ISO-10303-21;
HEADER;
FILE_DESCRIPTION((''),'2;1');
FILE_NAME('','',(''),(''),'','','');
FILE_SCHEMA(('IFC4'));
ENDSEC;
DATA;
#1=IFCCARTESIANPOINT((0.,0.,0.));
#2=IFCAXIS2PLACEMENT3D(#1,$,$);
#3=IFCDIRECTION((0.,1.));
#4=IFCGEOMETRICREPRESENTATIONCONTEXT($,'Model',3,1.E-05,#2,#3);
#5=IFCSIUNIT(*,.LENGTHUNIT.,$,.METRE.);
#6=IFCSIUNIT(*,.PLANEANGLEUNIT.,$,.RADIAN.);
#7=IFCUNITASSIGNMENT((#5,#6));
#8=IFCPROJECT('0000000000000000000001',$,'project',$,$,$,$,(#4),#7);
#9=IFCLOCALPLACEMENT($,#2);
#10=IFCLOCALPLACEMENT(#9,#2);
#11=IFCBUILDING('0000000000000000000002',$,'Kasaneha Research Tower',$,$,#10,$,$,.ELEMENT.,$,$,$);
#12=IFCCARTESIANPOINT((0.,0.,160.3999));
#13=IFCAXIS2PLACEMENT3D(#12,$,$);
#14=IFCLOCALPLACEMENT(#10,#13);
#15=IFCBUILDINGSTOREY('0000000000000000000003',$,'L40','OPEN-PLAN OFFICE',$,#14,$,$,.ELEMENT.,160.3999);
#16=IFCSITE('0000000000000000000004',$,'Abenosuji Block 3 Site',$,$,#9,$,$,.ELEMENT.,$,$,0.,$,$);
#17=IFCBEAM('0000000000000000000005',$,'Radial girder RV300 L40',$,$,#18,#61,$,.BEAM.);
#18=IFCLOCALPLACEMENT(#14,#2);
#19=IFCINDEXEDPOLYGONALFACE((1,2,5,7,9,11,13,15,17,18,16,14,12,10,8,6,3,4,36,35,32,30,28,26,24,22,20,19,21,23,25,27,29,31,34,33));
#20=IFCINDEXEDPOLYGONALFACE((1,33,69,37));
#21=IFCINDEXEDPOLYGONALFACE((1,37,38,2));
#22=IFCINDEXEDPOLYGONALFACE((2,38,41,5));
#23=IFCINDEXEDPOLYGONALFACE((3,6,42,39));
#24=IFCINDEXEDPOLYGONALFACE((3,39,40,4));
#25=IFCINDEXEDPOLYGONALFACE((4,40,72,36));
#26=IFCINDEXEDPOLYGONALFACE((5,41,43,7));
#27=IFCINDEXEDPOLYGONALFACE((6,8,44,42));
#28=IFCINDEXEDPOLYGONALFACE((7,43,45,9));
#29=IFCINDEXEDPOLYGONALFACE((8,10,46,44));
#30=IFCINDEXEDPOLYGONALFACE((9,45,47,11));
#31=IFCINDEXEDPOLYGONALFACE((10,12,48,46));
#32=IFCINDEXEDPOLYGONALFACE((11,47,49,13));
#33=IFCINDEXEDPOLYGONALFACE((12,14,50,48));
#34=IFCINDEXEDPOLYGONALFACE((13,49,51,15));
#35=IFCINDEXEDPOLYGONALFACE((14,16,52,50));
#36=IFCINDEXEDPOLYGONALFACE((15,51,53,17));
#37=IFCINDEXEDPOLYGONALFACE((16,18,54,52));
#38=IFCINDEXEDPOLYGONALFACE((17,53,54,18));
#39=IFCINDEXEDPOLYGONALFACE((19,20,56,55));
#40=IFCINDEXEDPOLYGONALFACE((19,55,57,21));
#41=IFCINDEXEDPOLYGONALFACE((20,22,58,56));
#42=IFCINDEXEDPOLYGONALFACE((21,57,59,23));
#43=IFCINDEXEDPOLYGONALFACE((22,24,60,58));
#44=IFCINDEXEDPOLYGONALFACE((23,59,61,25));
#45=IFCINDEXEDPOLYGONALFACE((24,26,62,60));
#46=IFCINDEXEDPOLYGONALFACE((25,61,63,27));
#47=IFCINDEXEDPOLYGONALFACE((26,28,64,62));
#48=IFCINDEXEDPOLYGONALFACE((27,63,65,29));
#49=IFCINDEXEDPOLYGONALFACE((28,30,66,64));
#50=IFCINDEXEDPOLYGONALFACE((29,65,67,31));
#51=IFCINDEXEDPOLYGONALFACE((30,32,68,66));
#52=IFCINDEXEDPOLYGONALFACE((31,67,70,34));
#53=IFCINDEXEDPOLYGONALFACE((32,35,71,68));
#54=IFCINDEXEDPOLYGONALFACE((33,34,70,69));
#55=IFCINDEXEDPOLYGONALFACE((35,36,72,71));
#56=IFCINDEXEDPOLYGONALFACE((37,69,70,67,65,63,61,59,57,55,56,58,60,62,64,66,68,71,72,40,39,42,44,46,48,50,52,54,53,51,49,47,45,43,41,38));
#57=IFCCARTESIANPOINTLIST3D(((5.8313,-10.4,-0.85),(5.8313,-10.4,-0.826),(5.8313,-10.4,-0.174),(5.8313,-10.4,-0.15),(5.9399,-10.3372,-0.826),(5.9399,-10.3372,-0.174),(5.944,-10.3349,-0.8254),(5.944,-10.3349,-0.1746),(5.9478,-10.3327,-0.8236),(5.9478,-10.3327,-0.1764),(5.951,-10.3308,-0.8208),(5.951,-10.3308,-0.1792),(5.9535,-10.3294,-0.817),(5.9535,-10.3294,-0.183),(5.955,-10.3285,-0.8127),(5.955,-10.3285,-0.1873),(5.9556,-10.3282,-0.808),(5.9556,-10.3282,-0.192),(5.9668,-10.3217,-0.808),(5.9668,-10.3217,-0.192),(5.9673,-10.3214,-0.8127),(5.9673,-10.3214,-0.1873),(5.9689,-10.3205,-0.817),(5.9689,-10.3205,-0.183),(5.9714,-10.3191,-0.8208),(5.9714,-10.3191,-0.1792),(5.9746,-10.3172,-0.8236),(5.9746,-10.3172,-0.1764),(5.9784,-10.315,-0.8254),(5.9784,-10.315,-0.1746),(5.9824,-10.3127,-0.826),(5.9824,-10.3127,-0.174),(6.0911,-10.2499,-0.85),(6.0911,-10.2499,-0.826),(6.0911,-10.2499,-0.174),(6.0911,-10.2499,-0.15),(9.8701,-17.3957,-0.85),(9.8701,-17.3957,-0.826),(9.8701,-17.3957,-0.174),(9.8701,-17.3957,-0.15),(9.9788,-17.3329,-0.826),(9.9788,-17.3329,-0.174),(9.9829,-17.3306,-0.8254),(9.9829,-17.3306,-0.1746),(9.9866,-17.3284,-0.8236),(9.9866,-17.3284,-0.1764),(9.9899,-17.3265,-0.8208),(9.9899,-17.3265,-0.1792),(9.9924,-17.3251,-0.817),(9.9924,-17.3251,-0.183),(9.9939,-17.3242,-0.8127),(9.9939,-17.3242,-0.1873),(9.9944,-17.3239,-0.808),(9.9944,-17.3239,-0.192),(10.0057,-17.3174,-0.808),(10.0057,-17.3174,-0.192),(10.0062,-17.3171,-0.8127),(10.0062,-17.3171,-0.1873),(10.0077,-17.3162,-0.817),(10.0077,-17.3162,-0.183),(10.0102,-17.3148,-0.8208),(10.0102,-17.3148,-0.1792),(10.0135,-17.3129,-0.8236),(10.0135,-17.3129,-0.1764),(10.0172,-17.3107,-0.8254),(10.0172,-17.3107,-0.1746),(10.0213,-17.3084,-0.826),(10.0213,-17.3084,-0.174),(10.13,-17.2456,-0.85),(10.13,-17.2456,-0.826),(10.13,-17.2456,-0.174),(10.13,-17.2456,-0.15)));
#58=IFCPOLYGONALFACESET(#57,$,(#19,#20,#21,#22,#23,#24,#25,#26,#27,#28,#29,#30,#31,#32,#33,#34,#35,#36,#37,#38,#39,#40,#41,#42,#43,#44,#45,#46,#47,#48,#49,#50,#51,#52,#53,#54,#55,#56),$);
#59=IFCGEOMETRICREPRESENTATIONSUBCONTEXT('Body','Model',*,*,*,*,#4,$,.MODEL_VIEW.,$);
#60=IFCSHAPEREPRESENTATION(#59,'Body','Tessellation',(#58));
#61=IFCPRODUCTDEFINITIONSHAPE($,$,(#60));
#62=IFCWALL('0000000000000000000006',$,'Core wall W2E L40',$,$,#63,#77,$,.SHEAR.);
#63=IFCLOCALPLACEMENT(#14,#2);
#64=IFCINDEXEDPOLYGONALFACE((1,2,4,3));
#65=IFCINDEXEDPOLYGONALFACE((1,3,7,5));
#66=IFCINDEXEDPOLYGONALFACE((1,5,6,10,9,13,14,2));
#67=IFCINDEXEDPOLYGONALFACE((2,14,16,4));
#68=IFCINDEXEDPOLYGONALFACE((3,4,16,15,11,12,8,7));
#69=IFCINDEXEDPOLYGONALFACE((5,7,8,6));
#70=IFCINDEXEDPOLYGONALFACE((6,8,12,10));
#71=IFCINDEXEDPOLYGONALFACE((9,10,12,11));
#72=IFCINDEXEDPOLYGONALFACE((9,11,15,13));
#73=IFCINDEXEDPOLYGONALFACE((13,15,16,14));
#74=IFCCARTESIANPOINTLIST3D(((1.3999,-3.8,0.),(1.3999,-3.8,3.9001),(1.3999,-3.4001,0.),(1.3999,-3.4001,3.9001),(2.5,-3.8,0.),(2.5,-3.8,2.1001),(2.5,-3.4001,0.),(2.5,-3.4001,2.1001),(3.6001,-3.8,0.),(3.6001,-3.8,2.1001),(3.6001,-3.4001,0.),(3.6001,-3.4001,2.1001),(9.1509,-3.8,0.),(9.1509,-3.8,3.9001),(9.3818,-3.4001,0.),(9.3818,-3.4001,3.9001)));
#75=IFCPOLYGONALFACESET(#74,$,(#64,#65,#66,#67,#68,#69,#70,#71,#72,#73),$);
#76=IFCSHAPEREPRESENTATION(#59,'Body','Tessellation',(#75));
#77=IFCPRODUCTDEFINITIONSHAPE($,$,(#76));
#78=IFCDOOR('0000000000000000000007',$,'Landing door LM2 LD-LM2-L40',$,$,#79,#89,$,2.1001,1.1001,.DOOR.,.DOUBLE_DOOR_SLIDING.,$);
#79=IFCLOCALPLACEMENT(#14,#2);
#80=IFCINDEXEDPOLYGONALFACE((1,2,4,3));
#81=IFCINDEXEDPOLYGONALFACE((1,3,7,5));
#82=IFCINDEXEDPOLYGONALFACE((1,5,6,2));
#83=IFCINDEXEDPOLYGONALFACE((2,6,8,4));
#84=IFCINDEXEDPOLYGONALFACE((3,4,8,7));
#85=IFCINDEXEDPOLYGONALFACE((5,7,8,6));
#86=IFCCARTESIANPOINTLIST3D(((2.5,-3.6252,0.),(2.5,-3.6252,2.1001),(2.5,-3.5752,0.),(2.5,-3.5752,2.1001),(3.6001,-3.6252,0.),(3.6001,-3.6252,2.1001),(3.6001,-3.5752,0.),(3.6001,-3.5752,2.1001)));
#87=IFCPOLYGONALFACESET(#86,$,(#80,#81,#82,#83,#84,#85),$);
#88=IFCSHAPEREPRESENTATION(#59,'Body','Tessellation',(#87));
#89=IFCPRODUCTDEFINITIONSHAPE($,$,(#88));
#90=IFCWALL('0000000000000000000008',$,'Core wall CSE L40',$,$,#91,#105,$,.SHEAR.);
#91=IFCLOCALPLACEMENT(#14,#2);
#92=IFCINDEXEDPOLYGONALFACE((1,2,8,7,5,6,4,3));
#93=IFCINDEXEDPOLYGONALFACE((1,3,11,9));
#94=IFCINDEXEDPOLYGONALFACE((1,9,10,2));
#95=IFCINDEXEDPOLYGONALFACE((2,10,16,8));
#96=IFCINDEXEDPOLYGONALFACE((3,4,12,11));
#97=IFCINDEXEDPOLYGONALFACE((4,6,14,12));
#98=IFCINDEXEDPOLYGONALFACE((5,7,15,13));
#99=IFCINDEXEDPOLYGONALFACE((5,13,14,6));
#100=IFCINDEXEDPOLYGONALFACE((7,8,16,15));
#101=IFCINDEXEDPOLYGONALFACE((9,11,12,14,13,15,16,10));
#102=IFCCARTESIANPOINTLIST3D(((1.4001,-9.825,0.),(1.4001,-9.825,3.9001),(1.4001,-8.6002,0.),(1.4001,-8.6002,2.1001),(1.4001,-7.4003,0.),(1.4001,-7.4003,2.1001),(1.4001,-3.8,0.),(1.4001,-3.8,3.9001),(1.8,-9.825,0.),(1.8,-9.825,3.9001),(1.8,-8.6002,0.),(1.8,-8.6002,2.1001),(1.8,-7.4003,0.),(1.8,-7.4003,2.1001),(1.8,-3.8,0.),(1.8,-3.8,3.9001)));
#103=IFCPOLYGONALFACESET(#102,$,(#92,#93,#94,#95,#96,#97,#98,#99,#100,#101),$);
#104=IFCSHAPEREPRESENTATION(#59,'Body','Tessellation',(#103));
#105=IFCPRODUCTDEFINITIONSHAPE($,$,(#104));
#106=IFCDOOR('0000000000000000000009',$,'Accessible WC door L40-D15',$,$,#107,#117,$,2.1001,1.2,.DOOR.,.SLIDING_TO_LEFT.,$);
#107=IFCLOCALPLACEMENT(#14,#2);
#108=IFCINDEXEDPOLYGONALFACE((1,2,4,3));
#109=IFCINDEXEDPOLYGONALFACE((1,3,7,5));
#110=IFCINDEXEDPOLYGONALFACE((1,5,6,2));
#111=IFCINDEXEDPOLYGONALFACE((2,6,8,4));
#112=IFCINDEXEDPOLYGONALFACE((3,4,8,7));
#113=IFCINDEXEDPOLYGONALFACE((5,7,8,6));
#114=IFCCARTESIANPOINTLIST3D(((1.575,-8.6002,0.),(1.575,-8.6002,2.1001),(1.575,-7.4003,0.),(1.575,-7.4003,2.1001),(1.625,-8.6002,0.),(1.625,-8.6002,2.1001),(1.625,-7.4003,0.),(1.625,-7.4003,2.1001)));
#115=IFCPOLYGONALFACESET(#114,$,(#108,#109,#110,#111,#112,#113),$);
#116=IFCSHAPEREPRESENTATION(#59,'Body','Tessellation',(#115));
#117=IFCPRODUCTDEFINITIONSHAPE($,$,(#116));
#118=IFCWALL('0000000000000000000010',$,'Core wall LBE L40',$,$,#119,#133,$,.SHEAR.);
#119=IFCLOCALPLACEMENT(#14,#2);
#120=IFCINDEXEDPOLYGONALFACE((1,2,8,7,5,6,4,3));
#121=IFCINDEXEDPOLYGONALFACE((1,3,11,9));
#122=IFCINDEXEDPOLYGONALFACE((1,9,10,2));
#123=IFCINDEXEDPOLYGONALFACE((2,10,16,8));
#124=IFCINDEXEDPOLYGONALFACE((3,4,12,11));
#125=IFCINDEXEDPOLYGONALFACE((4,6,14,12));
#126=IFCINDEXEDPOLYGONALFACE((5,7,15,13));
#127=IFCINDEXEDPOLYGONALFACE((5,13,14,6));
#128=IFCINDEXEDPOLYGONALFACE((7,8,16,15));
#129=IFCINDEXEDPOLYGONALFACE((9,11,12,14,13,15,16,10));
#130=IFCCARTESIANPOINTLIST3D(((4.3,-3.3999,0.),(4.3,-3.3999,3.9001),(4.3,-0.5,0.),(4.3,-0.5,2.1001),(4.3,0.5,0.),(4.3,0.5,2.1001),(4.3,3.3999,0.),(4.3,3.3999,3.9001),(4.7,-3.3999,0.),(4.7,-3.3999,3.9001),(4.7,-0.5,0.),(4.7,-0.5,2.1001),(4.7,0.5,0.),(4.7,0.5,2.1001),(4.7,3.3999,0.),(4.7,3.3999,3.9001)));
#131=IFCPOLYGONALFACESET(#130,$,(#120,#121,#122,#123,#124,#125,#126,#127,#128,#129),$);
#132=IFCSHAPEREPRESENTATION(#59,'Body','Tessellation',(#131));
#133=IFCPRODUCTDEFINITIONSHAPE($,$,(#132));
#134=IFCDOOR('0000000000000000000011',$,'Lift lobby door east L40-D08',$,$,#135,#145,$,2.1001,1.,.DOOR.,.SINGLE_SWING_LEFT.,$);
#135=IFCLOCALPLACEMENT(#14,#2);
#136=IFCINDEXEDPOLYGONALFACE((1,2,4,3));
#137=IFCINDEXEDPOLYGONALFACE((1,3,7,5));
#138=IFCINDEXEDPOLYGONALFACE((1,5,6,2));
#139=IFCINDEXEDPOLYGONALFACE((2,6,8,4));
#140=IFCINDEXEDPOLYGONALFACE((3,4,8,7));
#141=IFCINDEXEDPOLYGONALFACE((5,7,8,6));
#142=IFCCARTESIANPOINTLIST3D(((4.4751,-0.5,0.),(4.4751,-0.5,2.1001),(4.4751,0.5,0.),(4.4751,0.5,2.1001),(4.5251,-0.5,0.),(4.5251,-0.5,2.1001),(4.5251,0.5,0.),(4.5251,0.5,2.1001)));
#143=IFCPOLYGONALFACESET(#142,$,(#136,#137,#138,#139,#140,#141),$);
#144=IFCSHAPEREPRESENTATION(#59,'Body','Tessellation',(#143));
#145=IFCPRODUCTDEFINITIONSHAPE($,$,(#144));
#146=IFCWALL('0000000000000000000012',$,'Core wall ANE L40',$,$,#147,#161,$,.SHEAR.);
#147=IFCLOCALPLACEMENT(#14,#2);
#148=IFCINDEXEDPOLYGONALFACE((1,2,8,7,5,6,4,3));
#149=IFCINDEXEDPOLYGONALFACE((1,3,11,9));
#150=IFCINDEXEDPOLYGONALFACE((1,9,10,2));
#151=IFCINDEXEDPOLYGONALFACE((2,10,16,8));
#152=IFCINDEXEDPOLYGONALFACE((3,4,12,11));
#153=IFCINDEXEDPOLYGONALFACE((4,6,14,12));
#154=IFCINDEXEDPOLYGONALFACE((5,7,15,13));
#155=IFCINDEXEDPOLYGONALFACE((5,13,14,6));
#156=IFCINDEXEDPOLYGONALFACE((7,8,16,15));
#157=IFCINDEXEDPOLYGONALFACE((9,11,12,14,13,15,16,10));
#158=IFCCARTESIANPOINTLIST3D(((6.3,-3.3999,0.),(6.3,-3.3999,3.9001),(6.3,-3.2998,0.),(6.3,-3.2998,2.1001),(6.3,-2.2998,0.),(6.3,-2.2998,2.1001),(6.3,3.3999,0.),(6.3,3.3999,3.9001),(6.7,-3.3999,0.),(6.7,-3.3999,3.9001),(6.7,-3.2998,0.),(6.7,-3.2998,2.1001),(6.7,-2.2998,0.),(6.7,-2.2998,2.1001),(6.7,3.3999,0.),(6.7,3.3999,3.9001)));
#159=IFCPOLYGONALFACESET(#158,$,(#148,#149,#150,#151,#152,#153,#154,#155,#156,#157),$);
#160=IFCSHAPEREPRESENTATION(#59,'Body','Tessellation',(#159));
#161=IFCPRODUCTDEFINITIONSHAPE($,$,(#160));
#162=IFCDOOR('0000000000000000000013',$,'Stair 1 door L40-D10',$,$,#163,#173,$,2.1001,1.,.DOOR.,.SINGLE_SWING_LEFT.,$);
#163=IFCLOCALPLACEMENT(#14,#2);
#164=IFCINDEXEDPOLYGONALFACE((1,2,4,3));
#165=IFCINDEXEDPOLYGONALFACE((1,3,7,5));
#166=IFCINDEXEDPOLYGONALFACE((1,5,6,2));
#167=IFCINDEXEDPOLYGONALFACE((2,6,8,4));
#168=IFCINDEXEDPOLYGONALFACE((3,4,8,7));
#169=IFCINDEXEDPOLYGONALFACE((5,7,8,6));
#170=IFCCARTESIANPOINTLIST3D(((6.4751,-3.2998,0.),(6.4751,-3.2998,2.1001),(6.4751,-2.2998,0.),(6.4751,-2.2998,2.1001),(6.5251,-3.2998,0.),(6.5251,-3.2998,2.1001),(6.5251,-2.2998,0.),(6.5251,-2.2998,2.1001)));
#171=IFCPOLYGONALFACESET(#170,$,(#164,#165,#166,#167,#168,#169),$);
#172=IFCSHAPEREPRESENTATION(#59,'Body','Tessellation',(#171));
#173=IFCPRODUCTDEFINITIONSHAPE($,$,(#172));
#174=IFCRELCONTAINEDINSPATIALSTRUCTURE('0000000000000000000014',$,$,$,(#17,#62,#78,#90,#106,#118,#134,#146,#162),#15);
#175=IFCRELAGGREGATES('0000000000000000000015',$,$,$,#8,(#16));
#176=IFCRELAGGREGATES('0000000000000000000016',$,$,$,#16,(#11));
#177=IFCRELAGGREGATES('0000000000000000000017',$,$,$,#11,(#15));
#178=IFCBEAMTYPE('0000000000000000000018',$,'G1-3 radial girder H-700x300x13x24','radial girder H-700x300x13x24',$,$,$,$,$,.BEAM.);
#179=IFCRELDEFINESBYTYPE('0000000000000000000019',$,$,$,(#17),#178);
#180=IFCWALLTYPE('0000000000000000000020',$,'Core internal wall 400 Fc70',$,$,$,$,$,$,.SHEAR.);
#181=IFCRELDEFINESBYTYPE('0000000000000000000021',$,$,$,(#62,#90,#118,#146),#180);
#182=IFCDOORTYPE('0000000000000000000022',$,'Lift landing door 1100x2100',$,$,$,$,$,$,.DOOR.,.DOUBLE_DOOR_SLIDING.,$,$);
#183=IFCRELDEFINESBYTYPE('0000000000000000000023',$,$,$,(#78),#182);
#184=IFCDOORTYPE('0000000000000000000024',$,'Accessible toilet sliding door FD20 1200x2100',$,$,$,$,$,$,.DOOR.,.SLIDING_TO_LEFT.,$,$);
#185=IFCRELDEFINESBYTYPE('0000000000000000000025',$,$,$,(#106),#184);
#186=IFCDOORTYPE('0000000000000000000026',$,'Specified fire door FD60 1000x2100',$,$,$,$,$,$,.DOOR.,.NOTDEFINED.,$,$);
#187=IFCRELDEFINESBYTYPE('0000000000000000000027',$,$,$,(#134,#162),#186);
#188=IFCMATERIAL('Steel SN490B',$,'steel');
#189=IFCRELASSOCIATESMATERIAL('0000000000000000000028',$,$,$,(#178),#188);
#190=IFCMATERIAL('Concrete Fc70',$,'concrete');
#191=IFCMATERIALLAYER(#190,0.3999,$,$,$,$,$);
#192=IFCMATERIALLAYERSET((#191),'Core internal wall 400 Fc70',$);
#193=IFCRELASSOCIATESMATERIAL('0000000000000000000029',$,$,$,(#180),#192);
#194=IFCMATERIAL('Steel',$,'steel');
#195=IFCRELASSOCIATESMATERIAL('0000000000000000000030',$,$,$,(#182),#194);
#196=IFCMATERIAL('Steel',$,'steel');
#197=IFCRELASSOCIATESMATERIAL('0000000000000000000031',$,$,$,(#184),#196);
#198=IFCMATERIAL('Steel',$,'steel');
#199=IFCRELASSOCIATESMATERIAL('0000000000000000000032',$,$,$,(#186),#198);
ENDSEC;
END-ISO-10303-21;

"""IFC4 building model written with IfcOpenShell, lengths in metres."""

from ifc_helpers import new_model, si_unit, direction, frame, frame_2d, origin, origin_2d, place, context, subcontext, project, spatial, polyline, rectangle, i_section, outline, extrude, material, layer, layer_set, material_profile, profile_set, type_object, element, fill, save


model = new_model("IFC4")

# Units and contexts
model_context = context("Model", 3, precision=1e-05, world=origin(), true_north=direction((0.0, 1.0)))
body_context = subcontext(model_context, "Body", "Model", "MODEL_VIEW")
ifc_project = project(units=[si_unit("LENGTHUNIT", "METRE"), si_unit("PLANEANGLEUNIT", "RADIAN")], contexts=[model_context])

# Site, building, storey
site_placement = place(None, origin())
site = spatial("IfcSite", under=ifc_project, at=site_placement, Name="Abenosuji Block 3 Site", CompositionType="ELEMENT", RefElevation=0.0)
building_placement = place(site_placement, origin())
building = spatial("IfcBuilding", under=site, at=building_placement, Name="Kasaneha Research Tower", CompositionType="ELEMENT")
storey_placement = place(building_placement, frame((0.0, 0.0, 160.3999)))
storey = spatial("IfcBuildingStorey", under=building, at=storey_placement, Name="L40", Description="OPEN-PLAN OFFICE", CompositionType="ELEMENT", Elevation=160.3999)

# Beam
ifc_material_1 = material(Name="Steel SN490B", Category="steel")
ifc_material_profile_1 = material_profile(ifc_material_1, i_section(OverallWidth=0.3, OverallDepth=0.7, WebThickness=0.0129, FlangeThickness=0.0239, FilletRadius=0.0181, at=origin_2d()), Name="H-700x300x13x24")
ifc_profile_set_1 = profile_set([ifc_material_profile_1], Name="Steel SN490B")
beam_type_1 = type_object("IfcBeamType", Name="G1-3 radial girder H-700x300x13x24", Description="radial girder H-700x300x13x24", PredefinedType="BEAM", material=ifc_profile_set_1)
beam_1_placement = place(storey_placement, frame((5.9612, -10.325, -0.5), z_axis=(0.499991, -0.866031, 0.0), x_axis=(0.866031, 0.499991, 0.0)))
element("IfcBeam", 1, at=beam_1_placement, inside=storey, type_object=beam_type_1, Name="Radial girder RV300 L40", PredefinedType="BEAM", context=body_context, shape_type="SweptSolid", body=[
    extrude(i_section(OverallWidth=0.3, OverallDepth=0.7, WebThickness=0.0129, FlangeThickness=0.0239, FilletRadius=0.0181, at=origin_2d()), origin(), (0.0, 0.0, 1.0), 8.0779),
])

# Walls, openings, doors
ifc_material_2 = material(Name="Concrete Fc70", Category="concrete")
ifc_layer_1 = layer(ifc_material_2, 0.3999)
ifc_layer_set_1 = layer_set([ifc_layer_1], Name="Core internal wall 400 Fc70")
wall_type_1 = type_object("IfcWallType", Name="Core internal wall 400 Fc70", PredefinedType="SHEAR", material=ifc_layer_set_1)
wall_1_placement = place(storey_placement, frame((1.3999, -3.6001, 0.0), z_axis=(0.0, 0.0, 1.0), x_axis=(1.0, 0.0, 0.0)))
wall_1 = element("IfcWall", 2, at=wall_1_placement, inside=storey, type_object=wall_type_1, Name="Core wall W2E L40", PredefinedType="SHEAR", context=body_context, shape_type="SweptSolid", body=[
    extrude(outline(polyline([(0.0, -0.2), (1.1001, -0.2), (2.2002, -0.2), (7.751, -0.2), (7.9819, 0.2), (2.2002, 0.2), (1.1001, 0.2), (0.0, 0.2), (0.0, -0.2)])), origin(), (0.0, 0.0, 1.0), 3.9001),
])
opening_1_placement = place(wall_1_placement, frame((1.1001, 0.0, 0.0)))
opening_1 = element("IfcOpeningElement", 3, at=opening_1_placement, cuts=wall_1, PredefinedType="OPENING", context=body_context, shape_type="SweptSolid", body=[
    extrude(rectangle(XDim=1.1001, YDim=2.1001, at=frame_2d((0.55, 1.05))), frame((0.0, 0.21, 0.0), z_axis=(0.0, -1.0, 0.0), x_axis=(1.0, 0.0, 0.0)), (0.0, 0.0, 1.0), 0.4199),
])
ifc_material_3 = material(Name="Steel", Category="steel")
door_type_1 = type_object("IfcDoorType", Name="Lift landing door 1100x2100", OperationType="DOUBLE_DOOR_SLIDING", PredefinedType="DOOR", material=ifc_material_3)
door_1_placement = place(opening_1_placement, origin())
door_1 = element("IfcDoor", 4, at=door_1_placement, inside=storey, type_object=door_type_1, Name="Landing door LM2 LD-LM2-L40", OperationType="DOUBLE_DOOR_SLIDING", OverallHeight=2.1001, OverallWidth=1.1001, PredefinedType="DOOR", context=body_context, shape_type="SweptSolid", body=[
    extrude(rectangle(XDim=1.1001, YDim=2.1001, at=frame_2d((0.55, 1.05))), frame((0.0, 0.0249, 0.0), z_axis=(0.0, -1.0, 0.0), x_axis=(1.0, 0.0, 0.0)), (0.0, 0.0, 1.0), 0.05),
])
fill(opening_1, door_1)
wall_2_placement = place(storey_placement, frame((1.6001, -3.8, 0.0), z_axis=(0.0, 0.0, 1.0), x_axis=(0.0, -1.0, 0.0)))
wall_2 = element("IfcWall", 5, at=wall_2_placement, inside=storey, type_object=wall_type_1, Name="Core wall CSE L40", PredefinedType="SHEAR", context=body_context, shape_type="SweptSolid", body=[
    extrude(rectangle(XDim=6.0249, YDim=0.3999, at=frame_2d((3.0125, 0.0))), origin(), (0.0, 0.0, 1.0), 3.9001),
])
opening_2_placement = place(wall_2_placement, frame((3.6001, 0.0, 0.0)))
opening_2 = element("IfcOpeningElement", 6, at=opening_2_placement, cuts=wall_2, PredefinedType="OPENING", context=body_context, shape_type="SweptSolid", body=[
    extrude(rectangle(XDim=1.2, YDim=2.1001, at=frame_2d((0.6001, 1.05))), frame((0.0, 0.21, 0.0), z_axis=(0.0, -1.0, 0.0), x_axis=(1.0, 0.0, 0.0)), (0.0, 0.0, 1.0), 0.4199),
])
ifc_material_4 = material(Name="Steel", Category="steel")
door_type_2 = type_object("IfcDoorType", Name="Accessible toilet sliding door FD20 1200x2100", OperationType="SLIDING_TO_LEFT", PredefinedType="DOOR", material=ifc_material_4)
door_2_placement = place(opening_2_placement, origin())
door_2 = element("IfcDoor", 7, at=door_2_placement, inside=storey, type_object=door_type_2, Name="Accessible WC door L40-D15", OperationType="SLIDING_TO_LEFT", OverallHeight=2.1001, OverallWidth=1.2, PredefinedType="DOOR", context=body_context, shape_type="SweptSolid", body=[
    extrude(rectangle(XDim=1.2, YDim=2.1001, at=frame_2d((0.6001, 1.05))), frame((0.0, 0.0249, 0.0), z_axis=(0.0, -1.0, 0.0), x_axis=(1.0, 0.0, 0.0)), (0.0, 0.0, 1.0), 0.05),
])
fill(opening_2, door_2)
wall_3_placement = place(storey_placement, frame((4.5, -3.3999, 0.0), z_axis=(0.0, 0.0, 1.0), x_axis=(0.0, 1.0, 0.0)))
wall_3 = element("IfcWall", 8, at=wall_3_placement, inside=storey, type_object=wall_type_1, Name="Core wall LBE L40", PredefinedType="SHEAR", context=body_context, shape_type="SweptSolid", body=[
    extrude(rectangle(XDim=6.7998, YDim=0.3999, at=frame_2d((3.3999, 0.0))), origin(), (0.0, 0.0, 1.0), 3.9001),
])
opening_3_placement = place(wall_3_placement, frame((2.8999, 0.0, 0.0)))
opening_3 = element("IfcOpeningElement", 9, at=opening_3_placement, cuts=wall_3, PredefinedType="OPENING", context=body_context, shape_type="SweptSolid", body=[
    extrude(rectangle(XDim=1.0, YDim=2.1001, at=frame_2d((0.5, 1.05))), frame((0.0, 0.21, 0.0), z_axis=(0.0, -1.0, 0.0), x_axis=(1.0, 0.0, 0.0)), (0.0, 0.0, 1.0), 0.4199),
])
ifc_material_5 = material(Name="Steel", Category="steel")
door_type_3 = type_object("IfcDoorType", Name="Specified fire door FD60 1000x2100", OperationType="NOTDEFINED", PredefinedType="DOOR", material=ifc_material_5)
door_3_placement = place(opening_3_placement, origin())
door_3 = element("IfcDoor", 10, at=door_3_placement, inside=storey, type_object=door_type_3, Name="Lift lobby door east L40-D08", OperationType="SINGLE_SWING_LEFT", OverallHeight=2.1001, OverallWidth=1.0, PredefinedType="DOOR", context=body_context, shape_type="SweptSolid", body=[
    extrude(rectangle(XDim=1.0, YDim=2.1001, at=frame_2d((0.5, 1.05))), frame((0.0, 0.0249, 0.0), z_axis=(0.0, -1.0, 0.0), x_axis=(1.0, 0.0, 0.0)), (0.0, 0.0, 1.0), 0.05),
])
fill(opening_3, door_3)
wall_4_placement = place(storey_placement, frame((6.5, -3.3999, 0.0), z_axis=(0.0, 0.0, 1.0), x_axis=(0.0, 1.0, 0.0)))
wall_4 = element("IfcWall", 11, at=wall_4_placement, inside=storey, type_object=wall_type_1, Name="Core wall ANE L40", PredefinedType="SHEAR", context=body_context, shape_type="SweptSolid", body=[
    extrude(rectangle(XDim=6.7998, YDim=0.3999, at=frame_2d((3.3999, 0.0))), origin(), (0.0, 0.0, 1.0), 3.9001),
])
opening_4_placement = place(wall_4_placement, frame((0.1001, 0.0, 0.0)))
opening_4 = element("IfcOpeningElement", 12, at=opening_4_placement, cuts=wall_4, PredefinedType="OPENING", context=body_context, shape_type="SweptSolid", body=[
    extrude(rectangle(XDim=1.0, YDim=2.1001, at=frame_2d((0.5, 1.05))), frame((0.0, 0.21, 0.0), z_axis=(0.0, -1.0, 0.0), x_axis=(1.0, 0.0, 0.0)), (0.0, 0.0, 1.0), 0.4199),
])
door_4_placement = place(opening_4_placement, origin())
door_4 = element("IfcDoor", 13, at=door_4_placement, inside=storey, type_object=door_type_3, Name="Stair 1 door L40-D10", OperationType="SINGLE_SWING_LEFT", OverallHeight=2.1001, OverallWidth=1.0, PredefinedType="DOOR", context=body_context, shape_type="SweptSolid", body=[
    extrude(rectangle(XDim=1.0, YDim=2.1001, at=frame_2d((0.5, 1.05))), frame((0.0, 0.0249, 0.0), z_axis=(0.0, -1.0, 0.0), x_axis=(1.0, 0.0, 0.0)), (0.0, 0.0, 1.0), 0.05),
])
fill(opening_4, door_4)

save(model, "model.ifc")
